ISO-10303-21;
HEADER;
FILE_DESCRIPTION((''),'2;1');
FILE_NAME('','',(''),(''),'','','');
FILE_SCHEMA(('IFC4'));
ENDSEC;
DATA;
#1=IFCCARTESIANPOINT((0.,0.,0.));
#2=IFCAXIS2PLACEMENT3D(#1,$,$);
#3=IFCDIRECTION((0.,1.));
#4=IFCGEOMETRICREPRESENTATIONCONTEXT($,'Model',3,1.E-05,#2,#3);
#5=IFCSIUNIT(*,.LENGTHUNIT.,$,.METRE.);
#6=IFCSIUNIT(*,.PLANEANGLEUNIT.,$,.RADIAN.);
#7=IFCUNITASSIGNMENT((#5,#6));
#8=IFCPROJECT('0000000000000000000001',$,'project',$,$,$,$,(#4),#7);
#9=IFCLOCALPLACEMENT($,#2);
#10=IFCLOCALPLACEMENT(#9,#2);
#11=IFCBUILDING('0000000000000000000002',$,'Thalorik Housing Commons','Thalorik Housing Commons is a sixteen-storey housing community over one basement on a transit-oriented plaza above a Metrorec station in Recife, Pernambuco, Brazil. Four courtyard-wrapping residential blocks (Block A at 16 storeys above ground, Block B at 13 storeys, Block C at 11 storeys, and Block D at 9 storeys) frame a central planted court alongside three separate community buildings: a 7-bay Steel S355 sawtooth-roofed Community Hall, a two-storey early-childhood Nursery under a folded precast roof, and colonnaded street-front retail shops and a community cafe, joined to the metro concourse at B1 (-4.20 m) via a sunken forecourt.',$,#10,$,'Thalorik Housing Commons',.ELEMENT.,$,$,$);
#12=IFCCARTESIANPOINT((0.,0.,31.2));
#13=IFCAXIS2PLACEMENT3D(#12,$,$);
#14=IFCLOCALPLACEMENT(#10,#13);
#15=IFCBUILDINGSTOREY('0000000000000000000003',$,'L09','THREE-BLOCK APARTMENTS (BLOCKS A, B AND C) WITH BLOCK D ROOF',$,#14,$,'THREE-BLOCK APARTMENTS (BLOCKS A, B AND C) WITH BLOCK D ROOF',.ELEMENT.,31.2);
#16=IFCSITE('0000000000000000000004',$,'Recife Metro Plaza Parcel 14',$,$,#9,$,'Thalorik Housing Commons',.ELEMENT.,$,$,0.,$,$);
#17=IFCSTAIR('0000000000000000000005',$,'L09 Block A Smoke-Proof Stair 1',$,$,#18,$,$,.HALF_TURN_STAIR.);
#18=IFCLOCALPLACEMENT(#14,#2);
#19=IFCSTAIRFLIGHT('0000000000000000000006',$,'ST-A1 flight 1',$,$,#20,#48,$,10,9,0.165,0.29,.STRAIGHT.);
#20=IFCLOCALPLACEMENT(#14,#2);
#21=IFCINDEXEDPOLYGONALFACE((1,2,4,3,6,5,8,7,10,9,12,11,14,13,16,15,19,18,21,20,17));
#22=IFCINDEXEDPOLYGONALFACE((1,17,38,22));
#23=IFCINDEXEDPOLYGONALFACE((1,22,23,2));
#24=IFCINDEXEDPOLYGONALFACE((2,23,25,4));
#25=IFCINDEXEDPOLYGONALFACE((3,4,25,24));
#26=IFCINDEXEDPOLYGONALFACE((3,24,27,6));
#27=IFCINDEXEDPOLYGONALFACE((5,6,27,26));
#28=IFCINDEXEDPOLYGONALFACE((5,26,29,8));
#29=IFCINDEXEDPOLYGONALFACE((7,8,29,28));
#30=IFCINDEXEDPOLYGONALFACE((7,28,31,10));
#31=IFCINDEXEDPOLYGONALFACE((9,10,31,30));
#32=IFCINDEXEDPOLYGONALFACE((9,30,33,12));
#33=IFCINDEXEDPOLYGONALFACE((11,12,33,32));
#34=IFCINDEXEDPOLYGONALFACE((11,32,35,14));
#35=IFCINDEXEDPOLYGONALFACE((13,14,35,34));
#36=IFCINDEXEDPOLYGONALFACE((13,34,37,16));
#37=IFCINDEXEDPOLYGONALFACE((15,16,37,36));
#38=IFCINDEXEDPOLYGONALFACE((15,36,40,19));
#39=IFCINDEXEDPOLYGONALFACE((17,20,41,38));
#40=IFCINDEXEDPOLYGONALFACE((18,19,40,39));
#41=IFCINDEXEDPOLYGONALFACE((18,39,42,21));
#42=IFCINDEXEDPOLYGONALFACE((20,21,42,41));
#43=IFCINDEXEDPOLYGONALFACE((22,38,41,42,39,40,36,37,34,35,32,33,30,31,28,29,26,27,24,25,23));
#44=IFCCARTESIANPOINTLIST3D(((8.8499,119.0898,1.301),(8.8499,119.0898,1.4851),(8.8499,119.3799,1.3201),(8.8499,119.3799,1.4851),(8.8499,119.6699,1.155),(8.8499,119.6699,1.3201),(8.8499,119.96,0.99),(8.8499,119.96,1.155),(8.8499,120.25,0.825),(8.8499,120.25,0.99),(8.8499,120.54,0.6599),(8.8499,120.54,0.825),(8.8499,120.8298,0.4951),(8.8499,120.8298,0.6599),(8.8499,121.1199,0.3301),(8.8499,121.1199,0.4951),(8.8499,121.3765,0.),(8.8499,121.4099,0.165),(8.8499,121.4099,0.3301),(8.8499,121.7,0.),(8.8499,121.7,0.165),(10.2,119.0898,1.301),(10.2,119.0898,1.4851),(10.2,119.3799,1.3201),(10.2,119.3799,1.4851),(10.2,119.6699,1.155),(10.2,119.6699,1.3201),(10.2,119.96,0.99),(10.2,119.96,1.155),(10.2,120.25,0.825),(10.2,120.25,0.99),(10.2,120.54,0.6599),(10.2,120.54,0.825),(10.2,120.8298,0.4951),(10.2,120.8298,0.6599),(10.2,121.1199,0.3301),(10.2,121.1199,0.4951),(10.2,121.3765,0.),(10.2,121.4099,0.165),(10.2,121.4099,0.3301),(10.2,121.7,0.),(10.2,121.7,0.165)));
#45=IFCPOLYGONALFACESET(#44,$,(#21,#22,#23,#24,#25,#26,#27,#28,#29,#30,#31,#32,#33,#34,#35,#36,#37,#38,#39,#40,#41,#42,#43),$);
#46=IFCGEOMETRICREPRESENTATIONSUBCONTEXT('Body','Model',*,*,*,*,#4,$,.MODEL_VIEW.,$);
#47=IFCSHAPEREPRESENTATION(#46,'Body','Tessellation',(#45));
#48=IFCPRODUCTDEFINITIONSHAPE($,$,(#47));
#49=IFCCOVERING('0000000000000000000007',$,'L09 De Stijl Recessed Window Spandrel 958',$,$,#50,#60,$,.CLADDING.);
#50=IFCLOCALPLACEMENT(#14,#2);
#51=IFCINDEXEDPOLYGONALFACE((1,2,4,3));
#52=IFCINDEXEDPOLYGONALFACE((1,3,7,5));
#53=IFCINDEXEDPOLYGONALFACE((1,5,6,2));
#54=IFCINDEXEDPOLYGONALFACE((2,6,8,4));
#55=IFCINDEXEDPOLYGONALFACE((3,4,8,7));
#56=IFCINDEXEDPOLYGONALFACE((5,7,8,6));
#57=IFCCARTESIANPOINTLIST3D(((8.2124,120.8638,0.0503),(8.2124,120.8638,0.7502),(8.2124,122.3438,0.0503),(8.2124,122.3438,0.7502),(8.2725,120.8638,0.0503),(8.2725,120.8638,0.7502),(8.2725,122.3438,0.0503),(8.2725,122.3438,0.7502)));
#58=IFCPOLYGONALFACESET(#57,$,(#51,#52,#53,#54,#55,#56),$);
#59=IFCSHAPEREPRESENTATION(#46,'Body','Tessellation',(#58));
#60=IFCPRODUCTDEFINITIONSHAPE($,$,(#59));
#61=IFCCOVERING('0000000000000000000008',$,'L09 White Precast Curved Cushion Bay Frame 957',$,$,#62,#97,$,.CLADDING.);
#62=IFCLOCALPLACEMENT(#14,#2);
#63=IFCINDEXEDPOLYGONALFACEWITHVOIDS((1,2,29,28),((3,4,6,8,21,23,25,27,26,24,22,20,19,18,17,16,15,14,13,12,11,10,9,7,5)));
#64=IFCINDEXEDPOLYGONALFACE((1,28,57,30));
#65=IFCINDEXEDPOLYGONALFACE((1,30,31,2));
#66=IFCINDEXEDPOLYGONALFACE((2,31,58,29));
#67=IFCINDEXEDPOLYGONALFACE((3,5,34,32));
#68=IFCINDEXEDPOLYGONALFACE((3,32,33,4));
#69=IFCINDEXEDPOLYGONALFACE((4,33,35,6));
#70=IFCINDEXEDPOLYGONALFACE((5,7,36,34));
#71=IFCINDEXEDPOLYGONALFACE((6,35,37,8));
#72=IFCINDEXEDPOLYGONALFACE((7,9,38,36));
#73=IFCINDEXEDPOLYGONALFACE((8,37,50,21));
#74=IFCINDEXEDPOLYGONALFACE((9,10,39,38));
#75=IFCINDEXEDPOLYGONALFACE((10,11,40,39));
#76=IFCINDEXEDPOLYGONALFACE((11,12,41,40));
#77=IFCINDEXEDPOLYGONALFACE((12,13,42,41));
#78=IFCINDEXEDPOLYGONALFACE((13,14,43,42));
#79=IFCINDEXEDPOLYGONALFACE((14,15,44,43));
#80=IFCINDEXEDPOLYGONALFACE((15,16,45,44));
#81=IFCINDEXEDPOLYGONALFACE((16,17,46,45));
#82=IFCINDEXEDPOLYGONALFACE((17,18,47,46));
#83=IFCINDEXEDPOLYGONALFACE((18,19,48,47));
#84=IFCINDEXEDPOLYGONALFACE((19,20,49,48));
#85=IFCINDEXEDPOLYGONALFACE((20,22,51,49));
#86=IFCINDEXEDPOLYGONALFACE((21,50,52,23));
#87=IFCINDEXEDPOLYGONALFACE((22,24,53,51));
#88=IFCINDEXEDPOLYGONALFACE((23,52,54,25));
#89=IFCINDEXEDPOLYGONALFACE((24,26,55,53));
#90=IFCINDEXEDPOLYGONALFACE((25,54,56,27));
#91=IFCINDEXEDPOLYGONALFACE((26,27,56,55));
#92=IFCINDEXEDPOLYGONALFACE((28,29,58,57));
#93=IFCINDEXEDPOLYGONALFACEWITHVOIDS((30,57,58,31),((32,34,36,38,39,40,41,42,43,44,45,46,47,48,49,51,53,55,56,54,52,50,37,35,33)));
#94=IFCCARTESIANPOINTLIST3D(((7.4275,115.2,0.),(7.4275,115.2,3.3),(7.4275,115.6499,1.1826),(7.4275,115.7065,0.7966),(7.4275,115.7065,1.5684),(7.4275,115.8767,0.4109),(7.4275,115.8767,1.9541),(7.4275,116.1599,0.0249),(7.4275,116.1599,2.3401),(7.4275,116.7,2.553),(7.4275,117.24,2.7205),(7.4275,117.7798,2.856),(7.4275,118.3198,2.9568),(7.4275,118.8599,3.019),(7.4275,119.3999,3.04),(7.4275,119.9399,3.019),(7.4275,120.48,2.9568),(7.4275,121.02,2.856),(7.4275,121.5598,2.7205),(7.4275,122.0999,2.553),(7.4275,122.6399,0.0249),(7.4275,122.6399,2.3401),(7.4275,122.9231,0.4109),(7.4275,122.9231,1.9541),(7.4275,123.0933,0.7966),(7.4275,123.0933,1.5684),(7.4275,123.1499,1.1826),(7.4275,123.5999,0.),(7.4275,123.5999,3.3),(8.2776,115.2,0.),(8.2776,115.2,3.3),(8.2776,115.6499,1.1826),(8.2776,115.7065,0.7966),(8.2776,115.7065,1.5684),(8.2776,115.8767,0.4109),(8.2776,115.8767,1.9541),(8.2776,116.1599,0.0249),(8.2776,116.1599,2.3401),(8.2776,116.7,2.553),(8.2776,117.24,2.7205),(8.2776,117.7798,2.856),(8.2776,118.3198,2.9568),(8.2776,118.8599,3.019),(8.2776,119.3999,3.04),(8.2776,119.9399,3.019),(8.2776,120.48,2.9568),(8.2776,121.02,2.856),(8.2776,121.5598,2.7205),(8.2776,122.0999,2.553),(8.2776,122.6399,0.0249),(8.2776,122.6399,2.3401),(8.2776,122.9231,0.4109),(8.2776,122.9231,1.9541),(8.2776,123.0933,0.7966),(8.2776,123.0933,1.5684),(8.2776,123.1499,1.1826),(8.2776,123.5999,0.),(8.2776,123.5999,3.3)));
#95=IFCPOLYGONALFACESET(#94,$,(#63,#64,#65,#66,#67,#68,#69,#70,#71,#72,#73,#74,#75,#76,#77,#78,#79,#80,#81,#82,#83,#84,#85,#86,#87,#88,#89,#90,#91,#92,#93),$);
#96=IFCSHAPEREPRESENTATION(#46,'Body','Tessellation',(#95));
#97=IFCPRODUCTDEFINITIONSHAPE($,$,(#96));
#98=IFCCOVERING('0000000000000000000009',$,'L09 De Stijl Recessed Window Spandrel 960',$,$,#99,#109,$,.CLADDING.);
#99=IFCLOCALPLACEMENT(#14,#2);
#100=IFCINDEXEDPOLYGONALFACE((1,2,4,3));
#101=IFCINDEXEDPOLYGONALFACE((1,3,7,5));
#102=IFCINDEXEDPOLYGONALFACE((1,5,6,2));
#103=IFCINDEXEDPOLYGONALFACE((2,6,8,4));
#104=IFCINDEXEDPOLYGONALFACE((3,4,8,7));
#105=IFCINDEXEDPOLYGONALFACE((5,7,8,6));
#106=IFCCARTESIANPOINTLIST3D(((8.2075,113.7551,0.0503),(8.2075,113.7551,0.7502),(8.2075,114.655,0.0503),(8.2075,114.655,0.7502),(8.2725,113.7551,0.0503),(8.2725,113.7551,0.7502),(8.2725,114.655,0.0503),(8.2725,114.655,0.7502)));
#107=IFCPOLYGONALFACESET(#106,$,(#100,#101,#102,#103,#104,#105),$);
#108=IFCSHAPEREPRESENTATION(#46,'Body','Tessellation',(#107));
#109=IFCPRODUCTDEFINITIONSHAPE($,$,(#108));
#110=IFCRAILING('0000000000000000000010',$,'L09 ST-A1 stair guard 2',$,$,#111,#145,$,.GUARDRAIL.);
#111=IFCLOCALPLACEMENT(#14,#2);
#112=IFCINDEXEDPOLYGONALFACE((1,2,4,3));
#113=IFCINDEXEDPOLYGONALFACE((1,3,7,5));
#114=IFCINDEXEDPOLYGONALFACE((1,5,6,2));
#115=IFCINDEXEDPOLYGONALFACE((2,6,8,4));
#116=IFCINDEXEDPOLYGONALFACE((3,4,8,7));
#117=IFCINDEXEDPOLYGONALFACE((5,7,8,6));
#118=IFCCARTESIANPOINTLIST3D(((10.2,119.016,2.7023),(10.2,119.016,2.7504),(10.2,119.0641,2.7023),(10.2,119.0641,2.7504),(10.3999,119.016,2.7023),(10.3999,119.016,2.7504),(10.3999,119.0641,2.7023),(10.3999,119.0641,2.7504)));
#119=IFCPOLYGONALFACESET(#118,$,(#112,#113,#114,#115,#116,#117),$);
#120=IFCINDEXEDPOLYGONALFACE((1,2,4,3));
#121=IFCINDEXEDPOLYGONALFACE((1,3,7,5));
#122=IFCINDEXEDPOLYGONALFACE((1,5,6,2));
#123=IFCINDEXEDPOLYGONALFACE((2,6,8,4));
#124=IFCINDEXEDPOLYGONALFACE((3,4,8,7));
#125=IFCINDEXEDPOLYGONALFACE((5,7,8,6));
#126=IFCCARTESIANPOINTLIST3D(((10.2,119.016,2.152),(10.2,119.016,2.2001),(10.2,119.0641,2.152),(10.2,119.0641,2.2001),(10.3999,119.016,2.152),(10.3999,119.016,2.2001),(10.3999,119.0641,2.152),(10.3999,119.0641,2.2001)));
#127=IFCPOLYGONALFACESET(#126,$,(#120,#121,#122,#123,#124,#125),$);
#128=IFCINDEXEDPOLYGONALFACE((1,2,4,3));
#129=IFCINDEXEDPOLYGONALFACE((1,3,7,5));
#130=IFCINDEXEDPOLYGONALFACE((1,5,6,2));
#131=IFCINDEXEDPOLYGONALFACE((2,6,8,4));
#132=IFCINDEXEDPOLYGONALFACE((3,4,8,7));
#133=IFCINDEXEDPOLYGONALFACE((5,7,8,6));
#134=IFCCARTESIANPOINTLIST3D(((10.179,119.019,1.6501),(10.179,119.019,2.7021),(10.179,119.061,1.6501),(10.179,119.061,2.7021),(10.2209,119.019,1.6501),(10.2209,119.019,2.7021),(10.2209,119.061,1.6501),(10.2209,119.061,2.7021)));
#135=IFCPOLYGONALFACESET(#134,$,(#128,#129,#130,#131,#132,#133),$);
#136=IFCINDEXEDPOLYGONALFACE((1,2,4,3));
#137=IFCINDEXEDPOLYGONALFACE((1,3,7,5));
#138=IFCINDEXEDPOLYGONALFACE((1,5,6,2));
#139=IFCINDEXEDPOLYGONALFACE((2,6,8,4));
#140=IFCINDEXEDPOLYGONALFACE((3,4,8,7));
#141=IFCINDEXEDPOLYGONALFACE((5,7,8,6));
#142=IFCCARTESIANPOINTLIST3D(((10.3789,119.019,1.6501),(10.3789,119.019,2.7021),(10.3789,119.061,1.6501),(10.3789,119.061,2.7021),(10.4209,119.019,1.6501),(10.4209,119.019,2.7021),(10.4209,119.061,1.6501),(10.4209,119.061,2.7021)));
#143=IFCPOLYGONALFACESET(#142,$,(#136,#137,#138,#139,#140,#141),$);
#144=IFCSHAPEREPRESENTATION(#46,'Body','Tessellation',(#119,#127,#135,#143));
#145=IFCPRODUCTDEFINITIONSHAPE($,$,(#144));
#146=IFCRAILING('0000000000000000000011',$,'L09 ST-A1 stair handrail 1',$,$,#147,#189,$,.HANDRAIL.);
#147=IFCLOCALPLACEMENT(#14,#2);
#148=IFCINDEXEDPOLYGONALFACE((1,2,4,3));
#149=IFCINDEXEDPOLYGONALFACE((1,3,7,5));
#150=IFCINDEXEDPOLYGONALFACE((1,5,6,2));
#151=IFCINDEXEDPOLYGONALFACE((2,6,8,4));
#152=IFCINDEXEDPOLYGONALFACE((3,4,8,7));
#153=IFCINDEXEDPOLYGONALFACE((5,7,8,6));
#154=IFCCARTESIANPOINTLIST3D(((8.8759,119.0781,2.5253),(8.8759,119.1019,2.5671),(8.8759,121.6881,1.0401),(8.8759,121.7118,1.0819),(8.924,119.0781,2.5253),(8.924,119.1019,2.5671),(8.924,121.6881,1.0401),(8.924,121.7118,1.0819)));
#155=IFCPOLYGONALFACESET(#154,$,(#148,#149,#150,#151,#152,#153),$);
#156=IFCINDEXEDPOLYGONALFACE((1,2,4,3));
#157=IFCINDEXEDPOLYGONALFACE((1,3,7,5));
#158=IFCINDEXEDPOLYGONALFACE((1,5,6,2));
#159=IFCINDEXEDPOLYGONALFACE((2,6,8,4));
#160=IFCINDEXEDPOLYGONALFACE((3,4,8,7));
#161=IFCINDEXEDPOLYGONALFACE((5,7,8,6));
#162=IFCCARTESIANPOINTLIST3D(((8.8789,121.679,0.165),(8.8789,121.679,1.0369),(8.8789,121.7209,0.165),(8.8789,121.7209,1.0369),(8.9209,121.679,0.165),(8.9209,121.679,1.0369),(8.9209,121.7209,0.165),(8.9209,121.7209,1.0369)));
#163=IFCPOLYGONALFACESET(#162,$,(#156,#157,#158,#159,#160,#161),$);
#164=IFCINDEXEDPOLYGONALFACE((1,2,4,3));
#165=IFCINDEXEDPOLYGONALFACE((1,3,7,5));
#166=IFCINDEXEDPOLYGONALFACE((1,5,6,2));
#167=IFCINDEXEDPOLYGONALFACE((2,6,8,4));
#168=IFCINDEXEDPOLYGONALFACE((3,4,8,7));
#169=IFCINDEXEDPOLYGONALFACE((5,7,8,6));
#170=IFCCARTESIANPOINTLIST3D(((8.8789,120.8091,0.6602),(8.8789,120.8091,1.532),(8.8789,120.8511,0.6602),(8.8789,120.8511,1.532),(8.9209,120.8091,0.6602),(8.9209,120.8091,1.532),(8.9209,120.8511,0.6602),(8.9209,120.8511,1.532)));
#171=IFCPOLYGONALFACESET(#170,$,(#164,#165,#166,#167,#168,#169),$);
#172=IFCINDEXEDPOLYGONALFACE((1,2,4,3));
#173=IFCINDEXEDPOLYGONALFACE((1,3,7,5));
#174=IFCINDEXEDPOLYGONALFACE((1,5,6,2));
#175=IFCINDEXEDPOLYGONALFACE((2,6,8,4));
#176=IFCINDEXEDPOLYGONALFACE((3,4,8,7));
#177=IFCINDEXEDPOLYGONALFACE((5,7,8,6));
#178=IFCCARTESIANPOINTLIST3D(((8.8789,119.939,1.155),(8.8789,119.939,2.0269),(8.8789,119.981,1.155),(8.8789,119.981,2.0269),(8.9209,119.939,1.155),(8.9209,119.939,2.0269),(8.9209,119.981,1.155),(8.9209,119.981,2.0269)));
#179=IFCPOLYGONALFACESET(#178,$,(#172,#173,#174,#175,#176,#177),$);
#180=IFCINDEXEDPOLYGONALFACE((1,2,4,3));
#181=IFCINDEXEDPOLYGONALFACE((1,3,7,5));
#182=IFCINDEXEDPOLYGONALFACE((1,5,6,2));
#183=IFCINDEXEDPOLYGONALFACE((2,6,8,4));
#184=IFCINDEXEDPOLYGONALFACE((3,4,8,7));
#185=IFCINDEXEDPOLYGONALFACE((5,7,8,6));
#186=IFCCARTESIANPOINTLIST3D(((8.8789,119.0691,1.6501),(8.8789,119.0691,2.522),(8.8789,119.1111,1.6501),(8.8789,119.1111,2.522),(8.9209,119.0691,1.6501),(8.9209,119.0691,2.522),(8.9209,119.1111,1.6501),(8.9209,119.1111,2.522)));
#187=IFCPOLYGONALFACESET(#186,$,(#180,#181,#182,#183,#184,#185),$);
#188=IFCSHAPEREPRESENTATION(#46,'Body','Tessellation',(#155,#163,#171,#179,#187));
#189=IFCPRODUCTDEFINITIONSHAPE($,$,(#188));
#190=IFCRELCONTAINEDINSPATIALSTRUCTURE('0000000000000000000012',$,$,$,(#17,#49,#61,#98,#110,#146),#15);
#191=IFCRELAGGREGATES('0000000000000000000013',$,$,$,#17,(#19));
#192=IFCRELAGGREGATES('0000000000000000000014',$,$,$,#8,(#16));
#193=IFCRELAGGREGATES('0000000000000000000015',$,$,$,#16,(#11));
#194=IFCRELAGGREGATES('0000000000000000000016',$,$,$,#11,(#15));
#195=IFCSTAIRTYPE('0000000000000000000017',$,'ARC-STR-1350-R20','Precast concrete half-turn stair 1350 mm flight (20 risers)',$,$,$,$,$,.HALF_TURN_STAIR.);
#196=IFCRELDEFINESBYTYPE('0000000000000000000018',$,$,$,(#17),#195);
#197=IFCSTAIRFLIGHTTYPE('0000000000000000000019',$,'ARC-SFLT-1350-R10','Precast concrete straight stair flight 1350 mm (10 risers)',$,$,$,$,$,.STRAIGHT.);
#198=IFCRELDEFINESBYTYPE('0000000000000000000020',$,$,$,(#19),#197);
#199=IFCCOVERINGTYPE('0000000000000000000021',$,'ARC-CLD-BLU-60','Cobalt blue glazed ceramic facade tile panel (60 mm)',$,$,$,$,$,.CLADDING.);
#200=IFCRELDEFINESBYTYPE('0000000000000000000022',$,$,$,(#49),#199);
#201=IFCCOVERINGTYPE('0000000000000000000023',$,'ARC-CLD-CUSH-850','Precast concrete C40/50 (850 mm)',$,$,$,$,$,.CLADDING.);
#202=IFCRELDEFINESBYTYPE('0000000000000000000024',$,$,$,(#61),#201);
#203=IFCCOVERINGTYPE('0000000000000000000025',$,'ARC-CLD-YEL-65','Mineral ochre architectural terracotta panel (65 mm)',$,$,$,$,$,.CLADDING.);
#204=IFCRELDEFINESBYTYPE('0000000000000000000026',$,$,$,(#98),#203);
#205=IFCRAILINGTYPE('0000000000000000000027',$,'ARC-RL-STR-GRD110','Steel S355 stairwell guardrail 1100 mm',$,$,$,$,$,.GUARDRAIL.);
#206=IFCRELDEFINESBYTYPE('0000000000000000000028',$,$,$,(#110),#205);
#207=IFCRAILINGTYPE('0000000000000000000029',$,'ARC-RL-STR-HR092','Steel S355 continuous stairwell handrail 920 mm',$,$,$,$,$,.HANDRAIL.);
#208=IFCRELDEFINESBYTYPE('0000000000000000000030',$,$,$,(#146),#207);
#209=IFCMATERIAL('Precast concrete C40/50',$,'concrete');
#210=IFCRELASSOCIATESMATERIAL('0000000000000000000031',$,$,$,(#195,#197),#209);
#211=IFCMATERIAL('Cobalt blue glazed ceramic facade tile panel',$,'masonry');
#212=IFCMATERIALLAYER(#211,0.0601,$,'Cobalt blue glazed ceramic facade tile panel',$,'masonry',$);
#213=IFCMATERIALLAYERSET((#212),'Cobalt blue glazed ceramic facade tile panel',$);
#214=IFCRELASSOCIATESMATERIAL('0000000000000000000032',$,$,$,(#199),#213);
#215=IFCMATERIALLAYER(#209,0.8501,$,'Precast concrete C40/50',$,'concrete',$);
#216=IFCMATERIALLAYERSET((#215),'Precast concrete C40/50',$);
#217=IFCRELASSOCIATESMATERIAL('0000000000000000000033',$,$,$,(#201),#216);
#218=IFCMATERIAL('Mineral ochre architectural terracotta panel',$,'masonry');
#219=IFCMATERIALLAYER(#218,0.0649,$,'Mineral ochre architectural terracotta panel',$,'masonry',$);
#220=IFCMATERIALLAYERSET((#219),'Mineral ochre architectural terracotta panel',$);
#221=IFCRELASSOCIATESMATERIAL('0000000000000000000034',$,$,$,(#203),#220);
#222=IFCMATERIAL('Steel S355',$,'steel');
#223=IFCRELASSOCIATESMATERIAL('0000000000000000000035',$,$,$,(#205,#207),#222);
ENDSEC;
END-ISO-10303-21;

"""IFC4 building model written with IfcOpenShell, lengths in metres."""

from ifc_helpers import new_model, si_unit, direction, frame, origin, origin_2d, place, context, subcontext, project, spatial, polyline, rectangle, outline, extrude, material, layer, layer_set, type_object, element, aggregate, save


model = new_model("IFC4")

# Units and contexts
model_context = context("Model", 3, precision=1e-05, world=origin(), true_north=direction((0.0, 1.0)))
body_context = subcontext(model_context, "Body", "Model", "MODEL_VIEW")
ifc_project = project(units=[si_unit("LENGTHUNIT", "METRE"), si_unit("PLANEANGLEUNIT", "RADIAN")], contexts=[model_context])

# Site, building, storey
site_placement = place(None, origin())
site = spatial("IfcSite", under=ifc_project, at=site_placement, Name="Recife Metro Plaza Parcel 14", LongName="Thalorik Housing Commons", CompositionType="ELEMENT", RefElevation=0.0)
building_placement = place(site_placement, origin())
building = spatial("IfcBuilding", under=site, at=building_placement, Name="Thalorik Housing Commons", Description="Thalorik Housing Commons is a sixteen-storey housing community over one basement on a transit-oriented plaza above a Metrorec station in Recife, Pernambuco, Brazil. Four courtyard-wrapping residential blocks (Block A at 16 storeys above ground, Block B at 13 storeys, Block C at 11 storeys, and Block D at 9 storeys) frame a central planted court alongside three separate community buildings: a 7-bay Steel S355 sawtooth-roofed Community Hall, a two-storey early-childhood Nursery under a folded precast roof, and colonnaded street-front retail shops and a community cafe, joined to the metro concourse at B1 (-4.20 m) via a sunken forecourt.", LongName="Thalorik Housing Commons", CompositionType="ELEMENT")
storey_placement = place(building_placement, frame((0.0, 0.0, 31.2)))
storey = spatial("IfcBuildingStorey", under=building, at=storey_placement, Name="L09", Description="THREE-BLOCK APARTMENTS (BLOCKS A, B AND C) WITH BLOCK D ROOF", LongName="THREE-BLOCK APARTMENTS (BLOCKS A, B AND C) WITH BLOCK D ROOF", CompositionType="ELEMENT", Elevation=31.2)

# Shared definitions
ifc_material_1 = material(Name="Precast concrete C40/50", Category="concrete")

# Shared definitions
ifc_material_2 = material(Name="Steel S355", Category="steel")

# Stair, stair flight
stair_type = type_object("IfcStairType", Name="ARC-STR-1350-R20", Description="Precast concrete half-turn stair 1350 mm flight (20 risers)", PredefinedType="HALF_TURN_STAIR", material=ifc_material_1)
stair_placement = place(storey_placement, origin())
stair = element("IfcStair", 1, at=stair_placement, inside=storey, type_object=stair_type, Name="L09 Block A Smoke-Proof Stair 1", PredefinedType="HALF_TURN_STAIR")
stair_flight_type = type_object("IfcStairFlightType", Name="ARC-SFLT-1350-R10", Description="Precast concrete straight stair flight 1350 mm (10 risers)", PredefinedType="STRAIGHT", material=ifc_material_1)
stair_flight_placement = place(storey_placement, frame((9.5249, 121.7, 0.0), z_axis=(0.0, 0.0, 1.0), x_axis=(0.0, -1.0, 0.0)))
stair_flight = element("IfcStairFlight", 2, at=stair_flight_placement, type_object=stair_flight_type, Name="ST-A1 flight 1", NumberOfRisers=10, NumberOfTreads=9, PredefinedType="STRAIGHT", RiserHeight=0.165, TreadLength=0.29, context=body_context, shape_type="SweptSolid", body=[
    extrude(outline(polyline([(0.0, 0.0), (0.0, 0.165), (0.29, 0.165), (0.29, 0.3301), (0.5801, 0.3301), (0.5801, 0.4951), (0.8701, 0.4951), (0.8701, 0.6599), (1.1599, 0.6599), (1.1599, 0.825), (1.45, 0.825), (1.45, 0.99), (1.74, 0.99), (1.74, 1.155), (2.03, 1.155), (2.03, 1.3201), (2.3201, 1.3201), (2.3201, 1.4851), (2.6101, 1.4851), (2.6101, 1.6499), (2.6101, 1.301), (0.3235, 0.0), (0.0, 0.0)])), frame((0.0, 0.675, 0.0), z_axis=(0.0, -1.0, 0.0), x_axis=(1.0, 0.0, 0.0)), (0.0, 0.0, 1.0), 1.3501),
])
aggregate(stair, [stair_flight])

# Coverings
ifc_material_3 = material(Name="Cobalt blue glazed ceramic facade tile panel", Category="masonry")
ifc_layer_1 = layer(ifc_material_3, 0.0601, Name="Cobalt blue glazed ceramic facade tile panel", Category="masonry")
ifc_layer_set_1 = layer_set([ifc_layer_1], Name="Cobalt blue glazed ceramic facade tile panel")
covering_type_1 = type_object("IfcCoveringType", Name="ARC-CLD-BLU-60", Description="Cobalt blue glazed ceramic facade tile panel (60 mm)", PredefinedType="CLADDING", material=ifc_layer_set_1)
covering_1_placement = place(storey_placement, frame((8.2424, 121.6038, 0.0503), z_axis=(0.0, 0.0, 1.0), x_axis=(0.0, -1.0, 0.0)))
element("IfcCovering", 3, at=covering_1_placement, inside=storey, type_object=covering_type_1, Name="L09 De Stijl Recessed Window Spandrel 958", PredefinedType="CLADDING", context=body_context, shape_type="SweptSolid", body=[
    extrude(rectangle(XDim=1.48, YDim=0.0601, at=origin_2d()), origin(), (0.0, 0.0, 1.0), 0.7),
])
ifc_layer_2 = layer(ifc_material_1, 0.8501, Name="Precast concrete C40/50", Category="concrete")
ifc_layer_set_2 = layer_set([ifc_layer_2], Name="Precast concrete C40/50")
covering_type_2 = type_object("IfcCoveringType", Name="ARC-CLD-CUSH-850", Description="Precast concrete C40/50 (850 mm)", PredefinedType="CLADDING", material=ifc_layer_set_2)
covering_2_placement = place(storey_placement, frame((7.8525, 119.3999, 0.0), z_axis=(0.0, 0.0, 1.0), x_axis=(0.0, -1.0, 0.0)))
element("IfcCovering", 4, at=covering_2_placement, inside=storey, type_object=covering_type_2, Name="L09 White Precast Curved Cushion Bay Frame 957", PredefinedType="CLADDING", context=body_context, shape_type="SweptSolid", body=[
    extrude(outline(polyline([(-4.2, 0.0), (4.2, 0.0), (4.2, 3.3), (-4.2, 3.3), (-4.2, 0.0)]), holes=[polyline([(3.24, 0.0249), (3.5232, 0.4109), (3.6934, 0.7966), (3.75, 1.1826), (3.6934, 1.5684), (3.5232, 1.9541), (3.24, 2.3401), (2.7, 2.553), (2.1599, 2.7205), (1.6201, 2.856), (1.0801, 2.9568), (0.54, 3.019), (0.0, 3.04), (-0.54, 3.019), (-1.0801, 2.9568), (-1.6201, 2.856), (-2.1599, 2.7205), (-2.7, 2.553), (-3.24, 2.3401), (-3.5232, 1.9541), (-3.6934, 1.5684), (-3.75, 1.1826), (-3.6934, 0.7966), (-3.5232, 0.4109), (-3.24, 0.0249), (3.24, 0.0249)])]), frame((0.0, 0.425, 0.0), z_axis=(0.0, -1.0, 0.0), x_axis=(1.0, 0.0, 0.0)), (0.0, 0.0, 1.0), 0.8501),
])
ifc_material_4 = material(Name="Mineral ochre architectural terracotta panel", Category="masonry")
ifc_layer_3 = layer(ifc_material_4, 0.0649, Name="Mineral ochre architectural terracotta panel", Category="masonry")
ifc_layer_set_3 = layer_set([ifc_layer_3], Name="Mineral ochre architectural terracotta panel")
covering_type_3 = type_object("IfcCoveringType", Name="ARC-CLD-YEL-65", Description="Mineral ochre architectural terracotta panel (65 mm)", PredefinedType="CLADDING", material=ifc_layer_set_3)
covering_3_placement = place(storey_placement, frame((8.24, 114.2051, 0.0503), z_axis=(0.0, 0.0, 1.0), x_axis=(0.0, -1.0, 0.0)))
element("IfcCovering", 5, at=covering_3_placement, inside=storey, type_object=covering_type_3, Name="L09 De Stijl Recessed Window Spandrel 960", PredefinedType="CLADDING", context=body_context, shape_type="SweptSolid", body=[
    extrude(rectangle(XDim=0.8999, YDim=0.0649, at=origin_2d()), origin(), (0.0, 0.0, 1.0), 0.7),
])

# Railings
railing_type_1 = type_object("IfcRailingType", Name="ARC-RL-STR-GRD110", Description="Steel S355 stairwell guardrail 1100 mm", PredefinedType="GUARDRAIL", material=ifc_material_2)
railing_1_placement = place(storey_placement, frame((10.2, 119.04, 1.6501)))
element("IfcRailing", 6, at=railing_1_placement, inside=storey, type_object=railing_type_1, Name="L09 ST-A1 stair guard 2", PredefinedType="GUARDRAIL", context=body_context, shape_type="SweptSolid", body=[
    extrude(rectangle(XDim=0.0481, YDim=0.0481, at=origin_2d()), frame((0.0, 0.0, 1.0762), z_axis=(1.0, 0.0, 0.0), x_axis=(0.0, 1.0, 0.0)), (0.0, 0.0, 1.0), 0.2),
    extrude(rectangle(XDim=0.0481, YDim=0.0481, at=origin_2d()), frame((0.0, 0.0, 0.5259), z_axis=(1.0, 0.0, 0.0), x_axis=(0.0, 1.0, 0.0)), (0.0, 0.0, 1.0), 0.2),
    extrude(rectangle(XDim=0.042, YDim=0.042, at=origin_2d()), origin(), (0.0, 0.0, 1.0), 1.052),
    extrude(rectangle(XDim=0.042, YDim=0.042, at=origin_2d()), frame((0.2, 0.0, 0.0)), (0.0, 0.0, 1.0), 1.052),
])
railing_type_2 = type_object("IfcRailingType", Name="ARC-RL-STR-HR092", Description="Steel S355 continuous stairwell handrail 920 mm", PredefinedType="HANDRAIL", material=ifc_material_2)
railing_2_placement = place(storey_placement, frame((8.8999, 121.7, 0.165)))
element("IfcRailing", 7, at=railing_2_placement, inside=storey, type_object=railing_type_2, Name="L09 ST-A1 stair handrail 1", PredefinedType="HANDRAIL", context=body_context, shape_type="SweptSolid", body=[
    extrude(rectangle(XDim=0.0481, YDim=0.0481, at=origin_2d()), frame((0.0, 0.0, 0.896), z_axis=(0.0, -0.869137, 0.494571), x_axis=(1.0, 0.0, 0.0)), (0.0, 0.0, 1.0), 3.0029),
    extrude(rectangle(XDim=0.042, YDim=0.042, at=origin_2d()), origin(), (0.0, 0.0, 1.0), 0.8718),
    extrude(rectangle(XDim=0.042, YDim=0.042, at=origin_2d()), frame((0.0, -0.8699, 0.4951)), (0.0, 0.0, 1.0), 0.8718),
    extrude(rectangle(XDim=0.042, YDim=0.042, at=origin_2d()), frame((0.0, -1.74, 0.99)), (0.0, 0.0, 1.0), 0.8718),
    extrude(rectangle(XDim=0.042, YDim=0.042, at=origin_2d()), frame((0.0, -2.6099, 1.4851)), (0.0, 0.0, 1.0), 0.8718),
])

save(model, "model.ifc")
